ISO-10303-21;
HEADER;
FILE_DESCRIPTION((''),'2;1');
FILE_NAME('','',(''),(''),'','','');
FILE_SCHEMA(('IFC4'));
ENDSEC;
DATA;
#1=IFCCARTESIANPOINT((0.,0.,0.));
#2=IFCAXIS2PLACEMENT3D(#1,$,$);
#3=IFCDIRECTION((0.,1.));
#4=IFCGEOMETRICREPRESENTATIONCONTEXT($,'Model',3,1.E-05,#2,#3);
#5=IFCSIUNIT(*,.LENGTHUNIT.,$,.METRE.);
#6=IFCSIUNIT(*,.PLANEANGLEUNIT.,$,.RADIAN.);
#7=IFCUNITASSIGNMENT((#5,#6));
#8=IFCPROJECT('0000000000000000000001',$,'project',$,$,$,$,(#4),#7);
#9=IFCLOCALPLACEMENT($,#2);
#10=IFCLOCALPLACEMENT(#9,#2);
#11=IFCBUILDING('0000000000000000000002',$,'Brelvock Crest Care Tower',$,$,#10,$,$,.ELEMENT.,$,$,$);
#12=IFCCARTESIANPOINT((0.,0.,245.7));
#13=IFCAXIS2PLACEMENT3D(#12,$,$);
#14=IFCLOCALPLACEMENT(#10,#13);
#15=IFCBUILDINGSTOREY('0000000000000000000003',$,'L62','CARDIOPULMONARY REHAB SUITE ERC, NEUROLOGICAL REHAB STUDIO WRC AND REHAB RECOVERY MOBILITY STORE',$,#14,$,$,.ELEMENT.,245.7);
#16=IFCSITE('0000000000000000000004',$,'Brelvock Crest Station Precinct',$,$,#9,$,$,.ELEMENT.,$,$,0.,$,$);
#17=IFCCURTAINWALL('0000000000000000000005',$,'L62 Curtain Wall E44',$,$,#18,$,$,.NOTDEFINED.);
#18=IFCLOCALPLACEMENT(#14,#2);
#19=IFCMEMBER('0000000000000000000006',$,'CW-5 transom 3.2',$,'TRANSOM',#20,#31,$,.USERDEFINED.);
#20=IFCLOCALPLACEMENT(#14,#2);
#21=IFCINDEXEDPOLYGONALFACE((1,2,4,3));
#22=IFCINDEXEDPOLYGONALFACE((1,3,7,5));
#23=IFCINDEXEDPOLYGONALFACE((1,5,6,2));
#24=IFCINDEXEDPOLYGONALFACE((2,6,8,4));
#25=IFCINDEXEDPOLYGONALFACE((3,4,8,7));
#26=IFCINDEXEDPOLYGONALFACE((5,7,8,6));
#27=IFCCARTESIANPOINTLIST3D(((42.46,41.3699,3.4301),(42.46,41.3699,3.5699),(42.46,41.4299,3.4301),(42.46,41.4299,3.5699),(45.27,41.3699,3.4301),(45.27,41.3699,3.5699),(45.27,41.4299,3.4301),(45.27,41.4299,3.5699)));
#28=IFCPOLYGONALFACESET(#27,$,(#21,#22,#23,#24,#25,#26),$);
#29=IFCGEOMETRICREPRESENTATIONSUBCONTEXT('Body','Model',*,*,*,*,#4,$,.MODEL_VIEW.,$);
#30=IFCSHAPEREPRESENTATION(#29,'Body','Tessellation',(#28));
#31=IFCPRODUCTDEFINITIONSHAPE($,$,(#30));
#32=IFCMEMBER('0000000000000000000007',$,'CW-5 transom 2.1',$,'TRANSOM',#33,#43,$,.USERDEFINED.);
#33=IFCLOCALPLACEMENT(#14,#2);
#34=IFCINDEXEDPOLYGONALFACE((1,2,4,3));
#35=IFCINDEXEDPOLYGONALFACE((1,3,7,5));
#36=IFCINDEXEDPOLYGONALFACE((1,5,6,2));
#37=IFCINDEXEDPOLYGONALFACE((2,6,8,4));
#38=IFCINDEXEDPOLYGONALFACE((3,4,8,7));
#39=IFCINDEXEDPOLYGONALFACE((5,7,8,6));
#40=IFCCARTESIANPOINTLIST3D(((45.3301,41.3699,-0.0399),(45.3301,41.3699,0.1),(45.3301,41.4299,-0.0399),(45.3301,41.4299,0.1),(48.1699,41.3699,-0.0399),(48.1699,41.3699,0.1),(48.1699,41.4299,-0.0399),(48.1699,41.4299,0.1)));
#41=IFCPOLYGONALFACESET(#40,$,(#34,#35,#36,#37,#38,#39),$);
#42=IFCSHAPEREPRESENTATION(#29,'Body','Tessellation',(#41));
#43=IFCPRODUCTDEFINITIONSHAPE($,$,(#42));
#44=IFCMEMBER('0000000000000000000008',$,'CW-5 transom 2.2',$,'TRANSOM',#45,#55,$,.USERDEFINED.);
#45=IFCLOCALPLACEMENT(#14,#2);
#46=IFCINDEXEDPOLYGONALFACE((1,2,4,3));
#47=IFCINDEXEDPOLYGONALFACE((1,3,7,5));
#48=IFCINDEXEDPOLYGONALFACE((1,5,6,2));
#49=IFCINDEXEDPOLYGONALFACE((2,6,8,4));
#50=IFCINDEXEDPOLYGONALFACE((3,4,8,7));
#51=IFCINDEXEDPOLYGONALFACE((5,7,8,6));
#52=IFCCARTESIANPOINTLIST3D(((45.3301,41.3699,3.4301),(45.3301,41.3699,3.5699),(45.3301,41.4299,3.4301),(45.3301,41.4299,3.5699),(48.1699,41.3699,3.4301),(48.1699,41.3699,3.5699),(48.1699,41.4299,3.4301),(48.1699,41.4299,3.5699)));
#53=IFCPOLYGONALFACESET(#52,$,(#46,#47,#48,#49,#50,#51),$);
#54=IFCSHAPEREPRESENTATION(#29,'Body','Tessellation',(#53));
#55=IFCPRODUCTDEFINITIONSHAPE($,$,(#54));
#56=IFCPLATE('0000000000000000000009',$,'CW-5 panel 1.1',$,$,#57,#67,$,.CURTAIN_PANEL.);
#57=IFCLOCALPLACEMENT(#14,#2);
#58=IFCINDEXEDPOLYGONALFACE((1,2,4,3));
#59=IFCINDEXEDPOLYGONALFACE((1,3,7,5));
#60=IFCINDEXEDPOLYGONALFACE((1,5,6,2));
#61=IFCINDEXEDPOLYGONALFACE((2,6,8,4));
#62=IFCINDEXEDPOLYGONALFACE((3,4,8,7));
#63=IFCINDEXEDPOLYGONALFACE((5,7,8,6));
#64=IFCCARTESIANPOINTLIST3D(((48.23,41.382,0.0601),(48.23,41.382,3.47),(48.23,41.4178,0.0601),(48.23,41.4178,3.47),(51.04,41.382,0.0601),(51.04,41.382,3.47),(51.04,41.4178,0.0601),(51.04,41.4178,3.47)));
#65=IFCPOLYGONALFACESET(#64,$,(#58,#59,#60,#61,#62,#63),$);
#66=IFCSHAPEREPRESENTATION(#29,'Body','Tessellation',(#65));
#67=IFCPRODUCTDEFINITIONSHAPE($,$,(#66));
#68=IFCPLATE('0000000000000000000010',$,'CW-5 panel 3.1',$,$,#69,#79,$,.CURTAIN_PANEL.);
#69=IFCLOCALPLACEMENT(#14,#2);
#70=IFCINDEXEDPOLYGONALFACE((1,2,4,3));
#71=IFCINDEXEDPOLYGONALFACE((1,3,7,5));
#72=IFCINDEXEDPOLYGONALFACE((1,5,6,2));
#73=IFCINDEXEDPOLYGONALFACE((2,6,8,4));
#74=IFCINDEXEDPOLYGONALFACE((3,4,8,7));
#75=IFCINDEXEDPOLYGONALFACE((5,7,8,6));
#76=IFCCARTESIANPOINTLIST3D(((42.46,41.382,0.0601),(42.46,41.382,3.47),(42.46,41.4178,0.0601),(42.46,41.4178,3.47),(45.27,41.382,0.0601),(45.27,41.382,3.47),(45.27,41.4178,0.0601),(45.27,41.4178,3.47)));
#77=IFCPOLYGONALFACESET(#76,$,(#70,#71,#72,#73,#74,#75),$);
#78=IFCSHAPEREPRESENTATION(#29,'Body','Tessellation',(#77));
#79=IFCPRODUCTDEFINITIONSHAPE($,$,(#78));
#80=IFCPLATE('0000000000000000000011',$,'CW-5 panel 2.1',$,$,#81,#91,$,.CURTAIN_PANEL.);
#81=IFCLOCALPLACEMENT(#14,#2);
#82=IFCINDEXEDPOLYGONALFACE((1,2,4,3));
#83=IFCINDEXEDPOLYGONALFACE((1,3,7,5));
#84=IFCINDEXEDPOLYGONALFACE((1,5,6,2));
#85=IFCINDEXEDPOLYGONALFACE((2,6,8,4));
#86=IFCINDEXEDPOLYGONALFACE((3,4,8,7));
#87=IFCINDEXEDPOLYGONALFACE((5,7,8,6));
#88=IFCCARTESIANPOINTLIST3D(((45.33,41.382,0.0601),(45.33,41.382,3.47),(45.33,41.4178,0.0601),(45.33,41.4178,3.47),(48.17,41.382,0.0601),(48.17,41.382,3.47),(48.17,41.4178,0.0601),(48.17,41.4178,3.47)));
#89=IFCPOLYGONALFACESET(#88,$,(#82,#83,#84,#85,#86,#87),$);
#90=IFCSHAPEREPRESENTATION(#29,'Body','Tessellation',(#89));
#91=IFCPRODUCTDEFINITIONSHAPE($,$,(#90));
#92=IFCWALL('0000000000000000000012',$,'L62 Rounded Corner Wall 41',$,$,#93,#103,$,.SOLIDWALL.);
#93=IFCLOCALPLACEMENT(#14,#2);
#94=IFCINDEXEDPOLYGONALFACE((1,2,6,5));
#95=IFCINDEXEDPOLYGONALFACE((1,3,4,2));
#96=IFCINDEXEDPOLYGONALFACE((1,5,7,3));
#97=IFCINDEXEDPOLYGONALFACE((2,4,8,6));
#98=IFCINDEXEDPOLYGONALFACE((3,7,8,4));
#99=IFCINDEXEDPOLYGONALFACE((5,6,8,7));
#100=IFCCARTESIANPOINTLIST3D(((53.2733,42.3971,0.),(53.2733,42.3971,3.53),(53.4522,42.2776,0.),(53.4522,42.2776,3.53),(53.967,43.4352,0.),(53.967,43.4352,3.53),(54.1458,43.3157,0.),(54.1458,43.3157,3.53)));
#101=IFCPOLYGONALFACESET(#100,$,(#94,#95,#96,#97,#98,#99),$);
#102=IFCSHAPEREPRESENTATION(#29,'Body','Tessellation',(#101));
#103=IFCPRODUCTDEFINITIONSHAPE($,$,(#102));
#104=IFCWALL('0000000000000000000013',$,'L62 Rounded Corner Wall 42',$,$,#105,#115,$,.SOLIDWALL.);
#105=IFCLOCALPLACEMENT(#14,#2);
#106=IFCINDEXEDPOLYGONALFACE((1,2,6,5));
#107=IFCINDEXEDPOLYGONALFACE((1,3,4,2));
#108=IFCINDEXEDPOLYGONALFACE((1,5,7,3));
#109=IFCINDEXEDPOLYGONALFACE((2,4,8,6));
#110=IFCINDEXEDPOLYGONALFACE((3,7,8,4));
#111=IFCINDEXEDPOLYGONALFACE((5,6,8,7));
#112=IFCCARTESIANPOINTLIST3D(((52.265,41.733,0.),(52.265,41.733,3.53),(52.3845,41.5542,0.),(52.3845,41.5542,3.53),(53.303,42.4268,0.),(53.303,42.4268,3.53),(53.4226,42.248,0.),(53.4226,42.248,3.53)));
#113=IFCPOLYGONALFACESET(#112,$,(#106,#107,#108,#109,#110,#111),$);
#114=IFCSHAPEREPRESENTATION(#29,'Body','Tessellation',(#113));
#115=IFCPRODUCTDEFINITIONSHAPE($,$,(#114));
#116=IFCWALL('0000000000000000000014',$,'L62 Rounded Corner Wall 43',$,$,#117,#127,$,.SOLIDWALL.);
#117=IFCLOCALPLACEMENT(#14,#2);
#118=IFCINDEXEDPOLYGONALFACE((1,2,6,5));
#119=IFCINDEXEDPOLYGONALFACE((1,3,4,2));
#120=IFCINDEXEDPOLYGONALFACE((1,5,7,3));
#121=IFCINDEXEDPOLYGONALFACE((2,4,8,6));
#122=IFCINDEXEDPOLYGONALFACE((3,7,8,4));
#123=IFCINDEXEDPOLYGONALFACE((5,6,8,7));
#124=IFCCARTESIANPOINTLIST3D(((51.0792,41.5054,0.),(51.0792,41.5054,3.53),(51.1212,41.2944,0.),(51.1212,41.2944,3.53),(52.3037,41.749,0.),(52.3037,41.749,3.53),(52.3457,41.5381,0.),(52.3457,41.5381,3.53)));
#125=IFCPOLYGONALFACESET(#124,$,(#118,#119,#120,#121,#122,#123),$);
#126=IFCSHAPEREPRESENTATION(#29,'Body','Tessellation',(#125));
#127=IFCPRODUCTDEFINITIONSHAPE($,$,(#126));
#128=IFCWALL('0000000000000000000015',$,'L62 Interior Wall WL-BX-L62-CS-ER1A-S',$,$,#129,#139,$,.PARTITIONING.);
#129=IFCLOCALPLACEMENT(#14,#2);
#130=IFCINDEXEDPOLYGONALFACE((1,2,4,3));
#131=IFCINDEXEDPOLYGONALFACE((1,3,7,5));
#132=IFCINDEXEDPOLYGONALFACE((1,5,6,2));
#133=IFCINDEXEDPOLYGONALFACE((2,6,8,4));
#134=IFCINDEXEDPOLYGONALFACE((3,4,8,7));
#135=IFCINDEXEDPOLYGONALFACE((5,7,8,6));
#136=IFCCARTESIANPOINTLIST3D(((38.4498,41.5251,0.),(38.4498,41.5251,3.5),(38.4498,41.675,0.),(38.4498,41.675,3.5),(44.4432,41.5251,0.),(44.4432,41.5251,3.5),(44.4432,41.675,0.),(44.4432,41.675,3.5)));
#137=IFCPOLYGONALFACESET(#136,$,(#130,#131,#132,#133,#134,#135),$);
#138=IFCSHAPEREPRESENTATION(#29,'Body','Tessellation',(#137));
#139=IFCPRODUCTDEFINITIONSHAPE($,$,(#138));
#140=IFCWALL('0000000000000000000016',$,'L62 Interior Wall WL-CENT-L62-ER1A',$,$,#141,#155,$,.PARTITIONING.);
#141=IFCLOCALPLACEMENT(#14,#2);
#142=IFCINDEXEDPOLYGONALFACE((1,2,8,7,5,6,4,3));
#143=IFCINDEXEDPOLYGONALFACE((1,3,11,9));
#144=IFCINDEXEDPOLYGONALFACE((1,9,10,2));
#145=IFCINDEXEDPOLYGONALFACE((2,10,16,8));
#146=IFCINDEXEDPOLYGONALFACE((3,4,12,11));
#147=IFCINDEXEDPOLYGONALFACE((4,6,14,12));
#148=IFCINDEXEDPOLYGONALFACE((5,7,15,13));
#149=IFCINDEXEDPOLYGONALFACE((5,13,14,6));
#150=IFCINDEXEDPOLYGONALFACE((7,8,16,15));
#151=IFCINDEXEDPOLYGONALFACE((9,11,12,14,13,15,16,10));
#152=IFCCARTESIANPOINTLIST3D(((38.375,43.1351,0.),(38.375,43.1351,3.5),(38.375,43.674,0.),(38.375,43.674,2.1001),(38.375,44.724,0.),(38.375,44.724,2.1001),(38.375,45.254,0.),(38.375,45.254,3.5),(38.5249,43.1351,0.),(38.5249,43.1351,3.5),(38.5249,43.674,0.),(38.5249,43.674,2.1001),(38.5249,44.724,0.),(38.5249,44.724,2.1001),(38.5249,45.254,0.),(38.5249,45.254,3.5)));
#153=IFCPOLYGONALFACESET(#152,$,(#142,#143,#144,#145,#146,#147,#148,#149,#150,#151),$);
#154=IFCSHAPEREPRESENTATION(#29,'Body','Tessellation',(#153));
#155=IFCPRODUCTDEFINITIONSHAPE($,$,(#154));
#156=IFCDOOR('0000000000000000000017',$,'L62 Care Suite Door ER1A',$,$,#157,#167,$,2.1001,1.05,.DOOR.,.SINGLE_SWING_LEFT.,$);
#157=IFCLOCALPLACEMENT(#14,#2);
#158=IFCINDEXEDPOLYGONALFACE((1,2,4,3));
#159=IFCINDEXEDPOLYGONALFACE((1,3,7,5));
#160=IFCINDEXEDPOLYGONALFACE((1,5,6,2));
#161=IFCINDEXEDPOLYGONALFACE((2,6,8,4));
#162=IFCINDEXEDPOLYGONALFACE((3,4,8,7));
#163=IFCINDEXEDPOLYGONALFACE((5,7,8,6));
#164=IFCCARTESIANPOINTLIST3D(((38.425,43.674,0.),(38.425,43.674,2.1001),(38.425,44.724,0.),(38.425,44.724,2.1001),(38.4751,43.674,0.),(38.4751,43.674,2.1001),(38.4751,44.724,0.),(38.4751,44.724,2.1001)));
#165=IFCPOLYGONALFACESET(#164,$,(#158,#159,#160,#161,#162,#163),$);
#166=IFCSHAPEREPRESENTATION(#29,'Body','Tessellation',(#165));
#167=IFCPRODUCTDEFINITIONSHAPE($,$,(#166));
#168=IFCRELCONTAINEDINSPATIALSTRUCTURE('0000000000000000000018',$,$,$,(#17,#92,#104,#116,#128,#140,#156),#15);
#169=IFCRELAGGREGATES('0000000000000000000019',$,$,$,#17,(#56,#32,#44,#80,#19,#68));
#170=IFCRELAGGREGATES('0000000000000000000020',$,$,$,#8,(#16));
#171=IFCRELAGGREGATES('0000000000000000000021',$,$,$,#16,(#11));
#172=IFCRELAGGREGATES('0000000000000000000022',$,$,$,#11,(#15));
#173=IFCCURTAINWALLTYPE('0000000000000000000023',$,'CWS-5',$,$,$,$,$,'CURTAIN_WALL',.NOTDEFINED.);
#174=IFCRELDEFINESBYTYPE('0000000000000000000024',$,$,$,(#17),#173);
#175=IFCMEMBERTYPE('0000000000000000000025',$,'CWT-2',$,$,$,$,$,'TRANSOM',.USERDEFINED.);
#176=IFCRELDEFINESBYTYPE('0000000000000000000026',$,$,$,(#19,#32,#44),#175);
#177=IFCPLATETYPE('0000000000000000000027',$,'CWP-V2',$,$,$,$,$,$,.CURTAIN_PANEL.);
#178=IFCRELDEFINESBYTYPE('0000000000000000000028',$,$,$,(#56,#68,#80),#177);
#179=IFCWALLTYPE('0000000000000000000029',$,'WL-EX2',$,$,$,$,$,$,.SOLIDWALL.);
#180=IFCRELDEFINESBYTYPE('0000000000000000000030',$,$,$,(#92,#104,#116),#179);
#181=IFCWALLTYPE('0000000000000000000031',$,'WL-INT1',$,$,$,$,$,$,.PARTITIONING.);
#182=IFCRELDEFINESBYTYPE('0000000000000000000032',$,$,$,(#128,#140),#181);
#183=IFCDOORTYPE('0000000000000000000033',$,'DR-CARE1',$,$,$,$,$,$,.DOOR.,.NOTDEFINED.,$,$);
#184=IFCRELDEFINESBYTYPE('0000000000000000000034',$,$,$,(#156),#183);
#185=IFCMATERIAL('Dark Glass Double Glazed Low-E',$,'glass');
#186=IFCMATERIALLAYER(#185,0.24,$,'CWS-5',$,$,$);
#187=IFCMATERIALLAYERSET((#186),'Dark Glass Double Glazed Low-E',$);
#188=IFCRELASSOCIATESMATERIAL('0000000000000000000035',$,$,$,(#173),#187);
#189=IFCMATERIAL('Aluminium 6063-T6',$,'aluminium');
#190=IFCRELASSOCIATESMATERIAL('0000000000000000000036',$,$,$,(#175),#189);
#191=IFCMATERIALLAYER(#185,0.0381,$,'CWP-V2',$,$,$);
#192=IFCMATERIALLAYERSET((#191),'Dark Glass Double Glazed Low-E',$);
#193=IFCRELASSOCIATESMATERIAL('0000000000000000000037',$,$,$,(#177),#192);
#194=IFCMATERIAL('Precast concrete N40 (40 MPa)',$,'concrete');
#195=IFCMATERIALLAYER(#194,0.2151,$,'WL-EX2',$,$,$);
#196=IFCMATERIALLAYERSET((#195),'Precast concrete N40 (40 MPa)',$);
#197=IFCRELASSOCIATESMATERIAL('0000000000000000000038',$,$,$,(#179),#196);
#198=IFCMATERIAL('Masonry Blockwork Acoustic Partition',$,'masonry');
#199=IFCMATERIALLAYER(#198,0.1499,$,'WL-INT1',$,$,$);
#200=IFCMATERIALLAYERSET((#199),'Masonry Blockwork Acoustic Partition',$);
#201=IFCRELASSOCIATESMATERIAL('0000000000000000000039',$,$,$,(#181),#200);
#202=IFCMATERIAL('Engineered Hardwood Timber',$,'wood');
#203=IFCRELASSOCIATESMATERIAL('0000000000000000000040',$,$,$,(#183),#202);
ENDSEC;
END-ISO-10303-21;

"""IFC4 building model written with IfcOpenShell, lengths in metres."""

from ifc_helpers import new_model, si_unit, direction, frame, frame_2d, origin, origin_2d, place, context, subcontext, project, spatial, rectangle, extrude, source, transform, mapped, material, layer, layer_set, material_profile, profile_set, type_object, element, fill, aggregate, save


model = new_model("IFC4")

# Units and contexts
model_context = context("Model", 3, precision=1e-05, world=origin(), true_north=direction((0.0, 1.0)))
body_context = subcontext(model_context, "Body", "Model", "MODEL_VIEW")
ifc_project = project(units=[si_unit("LENGTHUNIT", "METRE"), si_unit("PLANEANGLEUNIT", "RADIAN")], contexts=[model_context])

# Site, building, storey
site_placement = place(None, origin())
site = spatial("IfcSite", under=ifc_project, at=site_placement, Name="Brelvock Crest Station Precinct", CompositionType="ELEMENT", RefElevation=0.0)
building_placement = place(site_placement, origin())
building = spatial("IfcBuilding", under=site, at=building_placement, Name="Brelvock Crest Care Tower", CompositionType="ELEMENT")
storey_placement = place(building_placement, frame((0.0, 0.0, 245.7)))
storey = spatial("IfcBuildingStorey", under=building, at=storey_placement, Name="L62", Description="CARDIOPULMONARY REHAB SUITE ERC, NEUROLOGICAL REHAB STUDIO WRC AND REHAB RECOVERY MOBILITY STORE", CompositionType="ELEMENT", Elevation=245.7)

# Curtain wall
ifc_material_1 = material(Name="Dark Glass Double Glazed Low-E", Category="glass")
ifc_layer_1 = layer(ifc_material_1, 0.24, Name="CWS-5")
ifc_layer_set_1 = layer_set([ifc_layer_1], Name="Dark Glass Double Glazed Low-E")
curtain_wall_type = type_object("IfcCurtainWallType", Name="CWS-5", ElementType="CURTAIN_WALL", PredefinedType="NOTDEFINED", material=ifc_layer_set_1)
curtain_wall_1_placement = place(storey_placement, origin())
curtain_wall_1 = element("IfcCurtainWall", 1, at=curtain_wall_1_placement, inside=storey, type_object=curtain_wall_type, Name="L62 Curtain Wall E44", PredefinedType="NOTDEFINED")
ifc_material_2 = material(Name="Aluminium 6063-T6", Category="aluminium")
ifc_material_profile_1 = material_profile(ifc_material_2, rectangle(XDim=0.0601, YDim=0.1399, at=origin_2d()), Name="ALU60x140")
ifc_profile_set_1 = profile_set([ifc_material_profile_1], Name="Aluminium 6063-T6")
member_type_1 = type_object("IfcMemberType", Name="CWT-2", ElementType="TRANSOM", PredefinedType="USERDEFINED", material=ifc_profile_set_1)

# Members
shared_shape_1 = source(origin(), body_context, "Body", "SweptSolid", [
    extrude(rectangle(XDim=0.0601, YDim=0.1399, at=origin_2d()), origin(), (0.0, 0.0, 1.0), 2.8101),
])
member_1_placement = place(storey_placement, frame((45.27, 41.3999, 3.5), z_axis=(-1.0, 0.0, 0.0), x_axis=(0.0, -1.0, 0.0)))
member_1 = element("IfcMember", 2, at=member_1_placement, type_object=member_type_1, Name="CW-5 transom 3.2", ObjectType="TRANSOM", PredefinedType="USERDEFINED", context=body_context, shape_type="MappedRepresentation", body=[
    mapped(shared_shape_1, transform((0.0, 0.0, 0.0), x_axis=(1.0, 0.0, 0.0), y_axis=(0.0, 1.0, 0.0), z_axis=(0.0, 0.0, 1.0), scale=1.0)),
])
shared_shape_2 = source(origin(), body_context, "Body", "SweptSolid", [
    extrude(rectangle(XDim=0.0601, YDim=0.1399, at=origin_2d()), origin(), (0.0, 0.0, 1.0), 2.8398),
])
member_2_placement = place(storey_placement, frame((48.1699, 41.3999, 0.03), z_axis=(-1.0, 0.0, 0.0), x_axis=(0.0, -1.0, 0.0)))
member_2 = element("IfcMember", 3, at=member_2_placement, type_object=member_type_1, Name="CW-5 transom 2.1", ObjectType="TRANSOM", PredefinedType="USERDEFINED", context=body_context, shape_type="MappedRepresentation", body=[
    mapped(shared_shape_2, transform((0.0, 0.0, 0.0), x_axis=(1.0, 0.0, 0.0), y_axis=(0.0, 1.0, 0.0), z_axis=(0.0, 0.0, 1.0), scale=1.0)),
])
member_3_placement = place(storey_placement, frame((48.1699, 41.3999, 3.5), z_axis=(-1.0, 0.0, 0.0), x_axis=(0.0, -1.0, 0.0)))
member_3 = element("IfcMember", 4, at=member_3_placement, type_object=member_type_1, Name="CW-5 transom 2.2", ObjectType="TRANSOM", PredefinedType="USERDEFINED", context=body_context, shape_type="MappedRepresentation", body=[
    mapped(shared_shape_2, transform((0.0, 0.0, 0.0), x_axis=(1.0, 0.0, 0.0), y_axis=(0.0, 1.0, 0.0), z_axis=(0.0, 0.0, 1.0), scale=1.0)),
])

# Plates
ifc_layer_2 = layer(ifc_material_1, 0.0381, Name="CWP-V2")
ifc_layer_set_2 = layer_set([ifc_layer_2], Name="Dark Glass Double Glazed Low-E")
plate_type = type_object("IfcPlateType", Name="CWP-V2", PredefinedType="CURTAIN_PANEL", material=ifc_layer_set_2)
shared_shape_3 = source(origin(), body_context, "Body", "SweptSolid", [
    extrude(rectangle(XDim=2.8101, YDim=0.0359, at=origin_2d()), origin(), (0.0, 0.0, 1.0), 3.4099),
])
plate_1_placement = place(storey_placement, frame((49.635, 41.3999, 0.0601), z_axis=(0.0, 0.0, 1.0), x_axis=(-1.0, 0.0, 0.0)))
plate_1 = element("IfcPlate", 5, at=plate_1_placement, type_object=plate_type, Name="CW-5 panel 1.1", PredefinedType="CURTAIN_PANEL", context=body_context, shape_type="MappedRepresentation", body=[
    mapped(shared_shape_3, transform((0.0, 0.0, 0.0), x_axis=(1.0, 0.0, 0.0), y_axis=(0.0, 1.0, 0.0), z_axis=(0.0, 0.0, 1.0), scale=1.0)),
])
plate_2_placement = place(storey_placement, frame((43.865, 41.3999, 0.0601), z_axis=(0.0, 0.0, 1.0), x_axis=(-1.0, 0.0, 0.0)))
plate_2 = element("IfcPlate", 6, at=plate_2_placement, type_object=plate_type, Name="CW-5 panel 3.1", PredefinedType="CURTAIN_PANEL", context=body_context, shape_type="MappedRepresentation", body=[
    mapped(shared_shape_3, transform((0.0, 0.0, 0.0), x_axis=(1.0, 0.0, 0.0), y_axis=(0.0, 1.0, 0.0), z_axis=(0.0, 0.0, 1.0), scale=1.0)),
])
shared_shape_4 = source(origin(), body_context, "Body", "SweptSolid", [
    extrude(rectangle(XDim=2.8401, YDim=0.0359, at=origin_2d()), origin(), (0.0, 0.0, 1.0), 3.4099),
])
plate_3_placement = place(storey_placement, frame((46.75, 41.3999, 0.0601), z_axis=(0.0, 0.0, 1.0), x_axis=(-1.0, 0.0, 0.0)))
plate_3 = element("IfcPlate", 7, at=plate_3_placement, type_object=plate_type, Name="CW-5 panel 2.1", PredefinedType="CURTAIN_PANEL", context=body_context, shape_type="MappedRepresentation", body=[
    mapped(shared_shape_4, transform((0.0, 0.0, 0.0), x_axis=(1.0, 0.0, 0.0), y_axis=(0.0, 1.0, 0.0), z_axis=(0.0, 0.0, 1.0), scale=1.0)),
])
aggregate(curtain_wall_1, [plate_1, member_2, member_3, plate_3, member_1, plate_2])

# Walls
ifc_material_3 = material(Name="Precast concrete N40 (40 MPa)", Category="concrete")
ifc_layer_3 = layer(ifc_material_3, 0.2151, Name="WL-EX2")
ifc_layer_set_3 = layer_set([ifc_layer_3], Name="Precast concrete N40 (40 MPa)")
wall_type_1 = type_object("IfcWallType", Name="WL-EX2", PredefinedType="SOLIDWALL", material=ifc_layer_set_3)
for number, where, z_axis, x_axis, name in (
    (8, (54.0564, 43.3755, 0.0), (0.0, 0.0, 1.0), (-0.555557, -0.831478, 0.0), "L62 Rounded Corner Wall 41"),
    (9, (53.3628, 42.3374, 0.0), (0.0, 0.0, 1.0), (-0.831388, -0.555692, 0.0), "L62 Rounded Corner Wall 42"),
    (10, (52.3247, 41.6436, 0.0), (0.0, 0.0, 1.0), (-0.980776, -0.195138, 0.0), "L62 Rounded Corner Wall 43"),
):
    element("IfcWall", number, at=place(storey_placement, frame(where, z_axis=z_axis, x_axis=x_axis)), inside=storey, type_object=wall_type_1, Name=name, PredefinedType="SOLIDWALL", context=body_context, shape_type="SweptSolid", body=[
        extrude(rectangle(XDim=1.2485, YDim=0.2151, at=frame_2d((0.6243, 0.0))), origin(), (0.0, 0.0, 1.0), 3.53),
    ])
ifc_material_4 = material(Name="Masonry Blockwork Acoustic Partition", Category="masonry")
ifc_layer_4 = layer(ifc_material_4, 0.1499, Name="WL-INT1")
ifc_layer_set_4 = layer_set([ifc_layer_4], Name="Masonry Blockwork Acoustic Partition")
wall_type_2 = type_object("IfcWallType", Name="WL-INT1", PredefinedType="PARTITIONING", material=ifc_layer_set_4)
wall_1_placement = place(storey_placement, frame((38.45, 41.6001, 0.0), z_axis=(0.0, 0.0, 1.0), x_axis=(1.0, 0.0, 0.0)))
element("IfcWall", 11, at=wall_1_placement, inside=storey, type_object=wall_type_2, Name="L62 Interior Wall WL-BX-L62-CS-ER1A-S", PredefinedType="PARTITIONING", context=body_context, shape_type="SweptSolid", body=[
    extrude(rectangle(XDim=5.9934, YDim=0.1499, at=frame_2d((2.9966, 0.0))), origin(), (0.0, 0.0, 1.0), 3.5),
])

# Wall, opening, door
wall_2_placement = place(storey_placement, frame((38.45, 43.135, 0.0), z_axis=(0.0, 0.0, 1.0), x_axis=(0.0, 1.0, 0.0)))
wall_2 = element("IfcWall", 12, at=wall_2_placement, inside=storey, type_object=wall_type_2, Name="L62 Interior Wall WL-CENT-L62-ER1A", PredefinedType="PARTITIONING", context=body_context, shape_type="SweptSolid", body=[
    extrude(rectangle(XDim=2.1189, YDim=0.1499, at=frame_2d((1.0596, 0.0))), origin(), (0.0, 0.0, 1.0), 3.5),
])
opening_1_placement = place(wall_2_placement, frame((0.5391, 0.0, 0.0)))
opening_1 = element("IfcOpeningElement", 13, at=opening_1_placement, cuts=wall_2, PredefinedType="OPENING", context=body_context, shape_type="SweptSolid", body=[
    extrude(rectangle(XDim=1.05, YDim=2.1001, at=origin_2d()), frame((0.5249, 0.085, 1.05), z_axis=(0.0, -1.0, 0.0), x_axis=(1.0, 0.0, 0.0)), (0.0, 0.0, 1.0), 0.1699),
])
ifc_material_5 = material(Name="Engineered Hardwood Timber", Category="wood")
door_type_1 = type_object("IfcDoorType", Name="DR-CARE1", OperationType="NOTDEFINED", PredefinedType="DOOR", material=ifc_material_5)
shared_shape_5 = source(origin(), body_context, "Body", "SweptSolid", [
    extrude(rectangle(XDim=1.05, YDim=2.1001, at=origin_2d()), frame((0.5249, 0.0249, 1.05), z_axis=(0.0, -1.0, 0.0), x_axis=(1.0, 0.0, 0.0)), (0.0, 0.0, 1.0), 0.05),
])
door_1_placement = place(opening_1_placement, origin())
door_1 = element("IfcDoor", 14, at=door_1_placement, inside=storey, type_object=door_type_1, Name="L62 Care Suite Door ER1A", OperationType="SINGLE_SWING_LEFT", OverallHeight=2.1001, OverallWidth=1.05, PredefinedType="DOOR", context=body_context, shape_type="MappedRepresentation", body=[
    mapped(shared_shape_5, transform((0.0, 0.0, 0.0), x_axis=(1.0, 0.0, 0.0), y_axis=(0.0, 1.0, 0.0), z_axis=(0.0, 0.0, 1.0), scale=1.0)),
])
fill(opening_1, door_1)

save(model, "model.ifc")
